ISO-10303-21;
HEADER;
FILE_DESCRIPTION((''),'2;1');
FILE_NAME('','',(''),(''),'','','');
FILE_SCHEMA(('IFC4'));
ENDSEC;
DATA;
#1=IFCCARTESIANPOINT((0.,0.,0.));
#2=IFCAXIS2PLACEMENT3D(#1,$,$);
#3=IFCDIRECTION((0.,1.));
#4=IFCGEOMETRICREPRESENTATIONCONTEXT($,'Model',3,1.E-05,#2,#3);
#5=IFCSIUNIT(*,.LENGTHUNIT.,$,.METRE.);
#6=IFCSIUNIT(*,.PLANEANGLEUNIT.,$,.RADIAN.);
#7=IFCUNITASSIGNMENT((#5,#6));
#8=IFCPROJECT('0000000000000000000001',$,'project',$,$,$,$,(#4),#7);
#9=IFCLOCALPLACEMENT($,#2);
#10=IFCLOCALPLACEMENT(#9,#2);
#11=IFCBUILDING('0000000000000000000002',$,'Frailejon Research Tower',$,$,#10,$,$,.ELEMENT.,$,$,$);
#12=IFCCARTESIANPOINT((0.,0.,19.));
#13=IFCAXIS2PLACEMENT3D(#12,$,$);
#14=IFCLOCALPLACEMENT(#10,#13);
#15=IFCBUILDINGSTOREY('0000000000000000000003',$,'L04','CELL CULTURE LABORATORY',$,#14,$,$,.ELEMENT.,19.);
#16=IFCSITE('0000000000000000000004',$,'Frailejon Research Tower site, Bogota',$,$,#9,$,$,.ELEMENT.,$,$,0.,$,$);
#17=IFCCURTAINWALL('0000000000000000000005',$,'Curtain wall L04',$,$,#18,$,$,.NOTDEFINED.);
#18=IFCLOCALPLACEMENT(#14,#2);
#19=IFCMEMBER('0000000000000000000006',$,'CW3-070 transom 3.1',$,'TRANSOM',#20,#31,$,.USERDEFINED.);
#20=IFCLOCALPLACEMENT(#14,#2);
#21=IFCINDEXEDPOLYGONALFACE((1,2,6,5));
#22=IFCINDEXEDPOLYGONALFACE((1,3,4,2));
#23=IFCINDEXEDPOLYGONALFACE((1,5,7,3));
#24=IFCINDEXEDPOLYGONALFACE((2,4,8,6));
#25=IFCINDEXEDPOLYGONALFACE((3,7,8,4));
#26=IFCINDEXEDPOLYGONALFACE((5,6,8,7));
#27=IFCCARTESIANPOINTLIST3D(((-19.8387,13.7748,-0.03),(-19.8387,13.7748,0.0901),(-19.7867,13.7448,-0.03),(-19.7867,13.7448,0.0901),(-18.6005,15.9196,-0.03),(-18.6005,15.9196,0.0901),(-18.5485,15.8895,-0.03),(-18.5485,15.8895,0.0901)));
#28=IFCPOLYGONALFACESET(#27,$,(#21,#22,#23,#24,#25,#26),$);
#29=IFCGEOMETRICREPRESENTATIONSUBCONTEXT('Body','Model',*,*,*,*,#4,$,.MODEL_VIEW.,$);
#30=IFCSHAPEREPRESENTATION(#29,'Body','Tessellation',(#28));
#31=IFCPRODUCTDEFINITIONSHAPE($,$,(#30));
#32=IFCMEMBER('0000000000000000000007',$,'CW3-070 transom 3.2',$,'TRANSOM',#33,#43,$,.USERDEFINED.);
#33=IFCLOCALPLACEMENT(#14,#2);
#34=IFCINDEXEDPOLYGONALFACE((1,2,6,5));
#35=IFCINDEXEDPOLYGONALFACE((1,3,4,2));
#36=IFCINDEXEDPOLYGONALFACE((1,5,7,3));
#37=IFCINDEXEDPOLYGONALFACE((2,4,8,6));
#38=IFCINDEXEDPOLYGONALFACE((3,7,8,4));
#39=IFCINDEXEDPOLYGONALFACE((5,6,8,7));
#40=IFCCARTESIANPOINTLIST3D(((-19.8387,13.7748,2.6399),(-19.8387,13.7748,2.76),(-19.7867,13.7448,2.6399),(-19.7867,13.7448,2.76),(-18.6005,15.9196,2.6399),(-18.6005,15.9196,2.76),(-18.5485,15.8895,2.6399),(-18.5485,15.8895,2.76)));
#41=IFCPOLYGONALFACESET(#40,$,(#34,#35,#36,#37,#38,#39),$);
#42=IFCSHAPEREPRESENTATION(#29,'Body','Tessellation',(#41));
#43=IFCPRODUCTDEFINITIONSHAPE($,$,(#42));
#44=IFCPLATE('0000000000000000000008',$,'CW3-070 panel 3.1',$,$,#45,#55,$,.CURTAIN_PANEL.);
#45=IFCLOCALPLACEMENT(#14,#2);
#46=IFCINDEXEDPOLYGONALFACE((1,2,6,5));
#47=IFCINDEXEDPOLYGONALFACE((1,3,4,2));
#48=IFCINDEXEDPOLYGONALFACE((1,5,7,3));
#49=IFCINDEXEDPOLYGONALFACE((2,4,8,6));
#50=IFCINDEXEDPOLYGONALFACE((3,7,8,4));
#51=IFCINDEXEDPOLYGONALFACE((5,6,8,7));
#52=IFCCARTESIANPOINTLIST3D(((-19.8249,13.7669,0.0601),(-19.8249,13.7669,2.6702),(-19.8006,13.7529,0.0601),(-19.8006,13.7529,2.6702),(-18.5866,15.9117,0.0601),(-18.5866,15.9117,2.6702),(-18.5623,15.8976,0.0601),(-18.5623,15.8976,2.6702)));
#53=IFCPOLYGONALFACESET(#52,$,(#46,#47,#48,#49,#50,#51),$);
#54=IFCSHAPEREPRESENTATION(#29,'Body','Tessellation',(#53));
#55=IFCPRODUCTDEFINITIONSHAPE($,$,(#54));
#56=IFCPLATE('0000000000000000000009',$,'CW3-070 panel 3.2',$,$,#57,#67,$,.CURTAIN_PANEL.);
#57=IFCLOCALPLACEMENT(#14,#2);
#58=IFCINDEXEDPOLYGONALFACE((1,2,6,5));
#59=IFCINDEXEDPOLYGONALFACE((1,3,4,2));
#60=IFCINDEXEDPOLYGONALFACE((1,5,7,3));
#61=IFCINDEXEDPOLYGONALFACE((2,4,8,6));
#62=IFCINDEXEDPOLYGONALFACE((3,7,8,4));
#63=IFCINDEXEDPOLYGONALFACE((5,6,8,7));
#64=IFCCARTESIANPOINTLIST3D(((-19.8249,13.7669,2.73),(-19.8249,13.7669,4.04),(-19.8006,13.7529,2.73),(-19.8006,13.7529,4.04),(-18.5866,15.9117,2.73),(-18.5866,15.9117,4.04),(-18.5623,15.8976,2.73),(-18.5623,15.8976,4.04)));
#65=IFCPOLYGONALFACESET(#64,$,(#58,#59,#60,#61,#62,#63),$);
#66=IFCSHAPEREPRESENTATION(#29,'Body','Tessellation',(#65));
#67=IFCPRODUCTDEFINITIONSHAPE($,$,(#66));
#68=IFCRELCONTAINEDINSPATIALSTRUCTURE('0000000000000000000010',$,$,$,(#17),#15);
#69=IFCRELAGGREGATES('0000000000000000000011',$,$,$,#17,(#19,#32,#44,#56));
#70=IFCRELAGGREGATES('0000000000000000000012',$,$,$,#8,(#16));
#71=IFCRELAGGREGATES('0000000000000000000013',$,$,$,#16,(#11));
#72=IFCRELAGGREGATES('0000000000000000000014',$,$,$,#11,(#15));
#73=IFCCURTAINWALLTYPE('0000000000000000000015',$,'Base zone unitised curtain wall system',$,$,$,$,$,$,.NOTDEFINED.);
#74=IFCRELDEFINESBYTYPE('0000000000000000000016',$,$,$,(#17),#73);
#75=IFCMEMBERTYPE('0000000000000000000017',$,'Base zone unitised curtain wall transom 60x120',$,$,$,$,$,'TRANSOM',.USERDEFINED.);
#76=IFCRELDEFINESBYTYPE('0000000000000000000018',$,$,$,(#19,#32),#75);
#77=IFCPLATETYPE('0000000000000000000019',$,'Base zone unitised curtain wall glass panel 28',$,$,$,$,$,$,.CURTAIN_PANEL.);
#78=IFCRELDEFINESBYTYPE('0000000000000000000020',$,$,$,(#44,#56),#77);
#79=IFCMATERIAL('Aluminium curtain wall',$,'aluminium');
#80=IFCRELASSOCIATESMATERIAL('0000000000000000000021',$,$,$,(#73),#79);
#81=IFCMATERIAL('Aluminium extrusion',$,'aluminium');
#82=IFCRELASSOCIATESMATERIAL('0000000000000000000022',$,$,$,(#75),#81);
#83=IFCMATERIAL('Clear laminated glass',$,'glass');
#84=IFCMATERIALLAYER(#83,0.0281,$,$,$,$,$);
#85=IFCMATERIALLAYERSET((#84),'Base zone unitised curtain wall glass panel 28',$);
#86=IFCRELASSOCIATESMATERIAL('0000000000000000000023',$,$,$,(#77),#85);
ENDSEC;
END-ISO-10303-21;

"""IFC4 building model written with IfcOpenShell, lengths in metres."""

from ifc_helpers import new_model, si_unit, direction, frame, origin, origin_2d, place, context, subcontext, project, spatial, rectangle, extrude, material, layer, layer_set, material_profile, profile_set, type_object, element, aggregate, save


model = new_model("IFC4")

# Units and contexts
model_context = context("Model", 3, precision=1e-05, world=origin(), true_north=direction((0.0, 1.0)))
body_context = subcontext(model_context, "Body", "Model", "MODEL_VIEW")
ifc_project = project(units=[si_unit("LENGTHUNIT", "METRE"), si_unit("PLANEANGLEUNIT", "RADIAN")], contexts=[model_context])

# Site, building, storey
site_placement = place(None, origin())
site = spatial("IfcSite", under=ifc_project, at=site_placement, Name="Frailejon Research Tower site, Bogota", CompositionType="ELEMENT", RefElevation=0.0)
building_placement = place(site_placement, origin())
building = spatial("IfcBuilding", under=site, at=building_placement, Name="Frailejon Research Tower", CompositionType="ELEMENT")
storey_placement = place(building_placement, frame((0.0, 0.0, 19.0)))
storey = spatial("IfcBuildingStorey", under=building, at=storey_placement, Name="L04", Description="CELL CULTURE LABORATORY", CompositionType="ELEMENT", Elevation=19.0)

# Curtain wall, members, plates
ifc_material_1 = material(Name="Aluminium curtain wall", Category="aluminium")
curtain_wall_type = type_object("IfcCurtainWallType", Name="Base zone unitised curtain wall system", PredefinedType="NOTDEFINED", material=ifc_material_1)
curtain_wall_placement = place(storey_placement, origin())
curtain_wall = element("IfcCurtainWall", 1, at=curtain_wall_placement, inside=storey, type_object=curtain_wall_type, Name="Curtain wall L04", PredefinedType="NOTDEFINED")
ifc_material_2 = material(Name="Aluminium extrusion", Category="aluminium")
ifc_material_profile = material_profile(ifc_material_2, rectangle(XDim=0.0601, YDim=0.1201, at=origin_2d()), Name="Base zone unitised curtain wall transom 60x120")
ifc_profile_set = profile_set([ifc_material_profile], Name="Aluminium extrusion")
member_type = type_object("IfcMemberType", Name="Base zone unitised curtain wall transom 60x120", ElementType="TRANSOM", PredefinedType="USERDEFINED", material=ifc_profile_set)
member_1_placement = place(storey_placement, frame((-18.5745, 15.9045, 0.03), z_axis=(-0.499998, -0.866026, 0.0), x_axis=(0.866026, -0.499998, 0.0)))
member_1 = element("IfcMember", 2, at=member_1_placement, type_object=member_type, Name="CW3-070 transom 3.1", ObjectType="TRANSOM", PredefinedType="USERDEFINED", context=body_context, shape_type="SweptSolid", body=[
    extrude(rectangle(XDim=0.0601, YDim=0.1201, at=origin_2d()), origin(), (0.0, 0.0, 1.0), 2.4766),
])
member_2_placement = place(storey_placement, frame((-18.5745, 15.9045, 2.7), z_axis=(-0.499998, -0.866026, 0.0), x_axis=(0.866026, -0.499998, 0.0)))
member_2 = element("IfcMember", 3, at=member_2_placement, type_object=member_type, Name="CW3-070 transom 3.2", ObjectType="TRANSOM", PredefinedType="USERDEFINED", context=body_context, shape_type="SweptSolid", body=[
    extrude(rectangle(XDim=0.0601, YDim=0.1201, at=origin_2d()), origin(), (0.0, 0.0, 1.0), 2.4766),
])
ifc_material_3 = material(Name="Clear laminated glass", Category="glass")
ifc_layer_1 = layer(ifc_material_3, 0.0281)
ifc_layer_set_1 = layer_set([ifc_layer_1], Name="Base zone unitised curtain wall glass panel 28")
plate_type = type_object("IfcPlateType", Name="Base zone unitised curtain wall glass panel 28", PredefinedType="CURTAIN_PANEL", material=ifc_layer_set_1)
plate_1_placement = place(storey_placement, frame((-19.1936, 14.8323, 0.0601), z_axis=(0.0, 0.0, 1.0), x_axis=(-0.499996, -0.866028, 0.0)))
plate_1 = element("IfcPlate", 4, at=plate_1_placement, type_object=plate_type, Name="CW3-070 panel 3.1", PredefinedType="CURTAIN_PANEL", context=body_context, shape_type="SweptSolid", body=[
    extrude(rectangle(XDim=2.4766, YDim=0.0281, at=origin_2d()), origin(), (0.0, 0.0, 1.0), 2.6101),
])
plate_2_placement = place(storey_placement, frame((-19.1936, 14.8323, 2.73), z_axis=(0.0, 0.0, 1.0), x_axis=(-0.499996, -0.866028, 0.0)))
plate_2 = element("IfcPlate", 5, at=plate_2_placement, type_object=plate_type, Name="CW3-070 panel 3.2", PredefinedType="CURTAIN_PANEL", context=body_context, shape_type="SweptSolid", body=[
    extrude(rectangle(XDim=2.4766, YDim=0.0281, at=origin_2d()), origin(), (0.0, 0.0, 1.0), 1.3101),
])
aggregate(curtain_wall, [member_1, member_2, plate_1, plate_2])

save(model, "model.ifc")
